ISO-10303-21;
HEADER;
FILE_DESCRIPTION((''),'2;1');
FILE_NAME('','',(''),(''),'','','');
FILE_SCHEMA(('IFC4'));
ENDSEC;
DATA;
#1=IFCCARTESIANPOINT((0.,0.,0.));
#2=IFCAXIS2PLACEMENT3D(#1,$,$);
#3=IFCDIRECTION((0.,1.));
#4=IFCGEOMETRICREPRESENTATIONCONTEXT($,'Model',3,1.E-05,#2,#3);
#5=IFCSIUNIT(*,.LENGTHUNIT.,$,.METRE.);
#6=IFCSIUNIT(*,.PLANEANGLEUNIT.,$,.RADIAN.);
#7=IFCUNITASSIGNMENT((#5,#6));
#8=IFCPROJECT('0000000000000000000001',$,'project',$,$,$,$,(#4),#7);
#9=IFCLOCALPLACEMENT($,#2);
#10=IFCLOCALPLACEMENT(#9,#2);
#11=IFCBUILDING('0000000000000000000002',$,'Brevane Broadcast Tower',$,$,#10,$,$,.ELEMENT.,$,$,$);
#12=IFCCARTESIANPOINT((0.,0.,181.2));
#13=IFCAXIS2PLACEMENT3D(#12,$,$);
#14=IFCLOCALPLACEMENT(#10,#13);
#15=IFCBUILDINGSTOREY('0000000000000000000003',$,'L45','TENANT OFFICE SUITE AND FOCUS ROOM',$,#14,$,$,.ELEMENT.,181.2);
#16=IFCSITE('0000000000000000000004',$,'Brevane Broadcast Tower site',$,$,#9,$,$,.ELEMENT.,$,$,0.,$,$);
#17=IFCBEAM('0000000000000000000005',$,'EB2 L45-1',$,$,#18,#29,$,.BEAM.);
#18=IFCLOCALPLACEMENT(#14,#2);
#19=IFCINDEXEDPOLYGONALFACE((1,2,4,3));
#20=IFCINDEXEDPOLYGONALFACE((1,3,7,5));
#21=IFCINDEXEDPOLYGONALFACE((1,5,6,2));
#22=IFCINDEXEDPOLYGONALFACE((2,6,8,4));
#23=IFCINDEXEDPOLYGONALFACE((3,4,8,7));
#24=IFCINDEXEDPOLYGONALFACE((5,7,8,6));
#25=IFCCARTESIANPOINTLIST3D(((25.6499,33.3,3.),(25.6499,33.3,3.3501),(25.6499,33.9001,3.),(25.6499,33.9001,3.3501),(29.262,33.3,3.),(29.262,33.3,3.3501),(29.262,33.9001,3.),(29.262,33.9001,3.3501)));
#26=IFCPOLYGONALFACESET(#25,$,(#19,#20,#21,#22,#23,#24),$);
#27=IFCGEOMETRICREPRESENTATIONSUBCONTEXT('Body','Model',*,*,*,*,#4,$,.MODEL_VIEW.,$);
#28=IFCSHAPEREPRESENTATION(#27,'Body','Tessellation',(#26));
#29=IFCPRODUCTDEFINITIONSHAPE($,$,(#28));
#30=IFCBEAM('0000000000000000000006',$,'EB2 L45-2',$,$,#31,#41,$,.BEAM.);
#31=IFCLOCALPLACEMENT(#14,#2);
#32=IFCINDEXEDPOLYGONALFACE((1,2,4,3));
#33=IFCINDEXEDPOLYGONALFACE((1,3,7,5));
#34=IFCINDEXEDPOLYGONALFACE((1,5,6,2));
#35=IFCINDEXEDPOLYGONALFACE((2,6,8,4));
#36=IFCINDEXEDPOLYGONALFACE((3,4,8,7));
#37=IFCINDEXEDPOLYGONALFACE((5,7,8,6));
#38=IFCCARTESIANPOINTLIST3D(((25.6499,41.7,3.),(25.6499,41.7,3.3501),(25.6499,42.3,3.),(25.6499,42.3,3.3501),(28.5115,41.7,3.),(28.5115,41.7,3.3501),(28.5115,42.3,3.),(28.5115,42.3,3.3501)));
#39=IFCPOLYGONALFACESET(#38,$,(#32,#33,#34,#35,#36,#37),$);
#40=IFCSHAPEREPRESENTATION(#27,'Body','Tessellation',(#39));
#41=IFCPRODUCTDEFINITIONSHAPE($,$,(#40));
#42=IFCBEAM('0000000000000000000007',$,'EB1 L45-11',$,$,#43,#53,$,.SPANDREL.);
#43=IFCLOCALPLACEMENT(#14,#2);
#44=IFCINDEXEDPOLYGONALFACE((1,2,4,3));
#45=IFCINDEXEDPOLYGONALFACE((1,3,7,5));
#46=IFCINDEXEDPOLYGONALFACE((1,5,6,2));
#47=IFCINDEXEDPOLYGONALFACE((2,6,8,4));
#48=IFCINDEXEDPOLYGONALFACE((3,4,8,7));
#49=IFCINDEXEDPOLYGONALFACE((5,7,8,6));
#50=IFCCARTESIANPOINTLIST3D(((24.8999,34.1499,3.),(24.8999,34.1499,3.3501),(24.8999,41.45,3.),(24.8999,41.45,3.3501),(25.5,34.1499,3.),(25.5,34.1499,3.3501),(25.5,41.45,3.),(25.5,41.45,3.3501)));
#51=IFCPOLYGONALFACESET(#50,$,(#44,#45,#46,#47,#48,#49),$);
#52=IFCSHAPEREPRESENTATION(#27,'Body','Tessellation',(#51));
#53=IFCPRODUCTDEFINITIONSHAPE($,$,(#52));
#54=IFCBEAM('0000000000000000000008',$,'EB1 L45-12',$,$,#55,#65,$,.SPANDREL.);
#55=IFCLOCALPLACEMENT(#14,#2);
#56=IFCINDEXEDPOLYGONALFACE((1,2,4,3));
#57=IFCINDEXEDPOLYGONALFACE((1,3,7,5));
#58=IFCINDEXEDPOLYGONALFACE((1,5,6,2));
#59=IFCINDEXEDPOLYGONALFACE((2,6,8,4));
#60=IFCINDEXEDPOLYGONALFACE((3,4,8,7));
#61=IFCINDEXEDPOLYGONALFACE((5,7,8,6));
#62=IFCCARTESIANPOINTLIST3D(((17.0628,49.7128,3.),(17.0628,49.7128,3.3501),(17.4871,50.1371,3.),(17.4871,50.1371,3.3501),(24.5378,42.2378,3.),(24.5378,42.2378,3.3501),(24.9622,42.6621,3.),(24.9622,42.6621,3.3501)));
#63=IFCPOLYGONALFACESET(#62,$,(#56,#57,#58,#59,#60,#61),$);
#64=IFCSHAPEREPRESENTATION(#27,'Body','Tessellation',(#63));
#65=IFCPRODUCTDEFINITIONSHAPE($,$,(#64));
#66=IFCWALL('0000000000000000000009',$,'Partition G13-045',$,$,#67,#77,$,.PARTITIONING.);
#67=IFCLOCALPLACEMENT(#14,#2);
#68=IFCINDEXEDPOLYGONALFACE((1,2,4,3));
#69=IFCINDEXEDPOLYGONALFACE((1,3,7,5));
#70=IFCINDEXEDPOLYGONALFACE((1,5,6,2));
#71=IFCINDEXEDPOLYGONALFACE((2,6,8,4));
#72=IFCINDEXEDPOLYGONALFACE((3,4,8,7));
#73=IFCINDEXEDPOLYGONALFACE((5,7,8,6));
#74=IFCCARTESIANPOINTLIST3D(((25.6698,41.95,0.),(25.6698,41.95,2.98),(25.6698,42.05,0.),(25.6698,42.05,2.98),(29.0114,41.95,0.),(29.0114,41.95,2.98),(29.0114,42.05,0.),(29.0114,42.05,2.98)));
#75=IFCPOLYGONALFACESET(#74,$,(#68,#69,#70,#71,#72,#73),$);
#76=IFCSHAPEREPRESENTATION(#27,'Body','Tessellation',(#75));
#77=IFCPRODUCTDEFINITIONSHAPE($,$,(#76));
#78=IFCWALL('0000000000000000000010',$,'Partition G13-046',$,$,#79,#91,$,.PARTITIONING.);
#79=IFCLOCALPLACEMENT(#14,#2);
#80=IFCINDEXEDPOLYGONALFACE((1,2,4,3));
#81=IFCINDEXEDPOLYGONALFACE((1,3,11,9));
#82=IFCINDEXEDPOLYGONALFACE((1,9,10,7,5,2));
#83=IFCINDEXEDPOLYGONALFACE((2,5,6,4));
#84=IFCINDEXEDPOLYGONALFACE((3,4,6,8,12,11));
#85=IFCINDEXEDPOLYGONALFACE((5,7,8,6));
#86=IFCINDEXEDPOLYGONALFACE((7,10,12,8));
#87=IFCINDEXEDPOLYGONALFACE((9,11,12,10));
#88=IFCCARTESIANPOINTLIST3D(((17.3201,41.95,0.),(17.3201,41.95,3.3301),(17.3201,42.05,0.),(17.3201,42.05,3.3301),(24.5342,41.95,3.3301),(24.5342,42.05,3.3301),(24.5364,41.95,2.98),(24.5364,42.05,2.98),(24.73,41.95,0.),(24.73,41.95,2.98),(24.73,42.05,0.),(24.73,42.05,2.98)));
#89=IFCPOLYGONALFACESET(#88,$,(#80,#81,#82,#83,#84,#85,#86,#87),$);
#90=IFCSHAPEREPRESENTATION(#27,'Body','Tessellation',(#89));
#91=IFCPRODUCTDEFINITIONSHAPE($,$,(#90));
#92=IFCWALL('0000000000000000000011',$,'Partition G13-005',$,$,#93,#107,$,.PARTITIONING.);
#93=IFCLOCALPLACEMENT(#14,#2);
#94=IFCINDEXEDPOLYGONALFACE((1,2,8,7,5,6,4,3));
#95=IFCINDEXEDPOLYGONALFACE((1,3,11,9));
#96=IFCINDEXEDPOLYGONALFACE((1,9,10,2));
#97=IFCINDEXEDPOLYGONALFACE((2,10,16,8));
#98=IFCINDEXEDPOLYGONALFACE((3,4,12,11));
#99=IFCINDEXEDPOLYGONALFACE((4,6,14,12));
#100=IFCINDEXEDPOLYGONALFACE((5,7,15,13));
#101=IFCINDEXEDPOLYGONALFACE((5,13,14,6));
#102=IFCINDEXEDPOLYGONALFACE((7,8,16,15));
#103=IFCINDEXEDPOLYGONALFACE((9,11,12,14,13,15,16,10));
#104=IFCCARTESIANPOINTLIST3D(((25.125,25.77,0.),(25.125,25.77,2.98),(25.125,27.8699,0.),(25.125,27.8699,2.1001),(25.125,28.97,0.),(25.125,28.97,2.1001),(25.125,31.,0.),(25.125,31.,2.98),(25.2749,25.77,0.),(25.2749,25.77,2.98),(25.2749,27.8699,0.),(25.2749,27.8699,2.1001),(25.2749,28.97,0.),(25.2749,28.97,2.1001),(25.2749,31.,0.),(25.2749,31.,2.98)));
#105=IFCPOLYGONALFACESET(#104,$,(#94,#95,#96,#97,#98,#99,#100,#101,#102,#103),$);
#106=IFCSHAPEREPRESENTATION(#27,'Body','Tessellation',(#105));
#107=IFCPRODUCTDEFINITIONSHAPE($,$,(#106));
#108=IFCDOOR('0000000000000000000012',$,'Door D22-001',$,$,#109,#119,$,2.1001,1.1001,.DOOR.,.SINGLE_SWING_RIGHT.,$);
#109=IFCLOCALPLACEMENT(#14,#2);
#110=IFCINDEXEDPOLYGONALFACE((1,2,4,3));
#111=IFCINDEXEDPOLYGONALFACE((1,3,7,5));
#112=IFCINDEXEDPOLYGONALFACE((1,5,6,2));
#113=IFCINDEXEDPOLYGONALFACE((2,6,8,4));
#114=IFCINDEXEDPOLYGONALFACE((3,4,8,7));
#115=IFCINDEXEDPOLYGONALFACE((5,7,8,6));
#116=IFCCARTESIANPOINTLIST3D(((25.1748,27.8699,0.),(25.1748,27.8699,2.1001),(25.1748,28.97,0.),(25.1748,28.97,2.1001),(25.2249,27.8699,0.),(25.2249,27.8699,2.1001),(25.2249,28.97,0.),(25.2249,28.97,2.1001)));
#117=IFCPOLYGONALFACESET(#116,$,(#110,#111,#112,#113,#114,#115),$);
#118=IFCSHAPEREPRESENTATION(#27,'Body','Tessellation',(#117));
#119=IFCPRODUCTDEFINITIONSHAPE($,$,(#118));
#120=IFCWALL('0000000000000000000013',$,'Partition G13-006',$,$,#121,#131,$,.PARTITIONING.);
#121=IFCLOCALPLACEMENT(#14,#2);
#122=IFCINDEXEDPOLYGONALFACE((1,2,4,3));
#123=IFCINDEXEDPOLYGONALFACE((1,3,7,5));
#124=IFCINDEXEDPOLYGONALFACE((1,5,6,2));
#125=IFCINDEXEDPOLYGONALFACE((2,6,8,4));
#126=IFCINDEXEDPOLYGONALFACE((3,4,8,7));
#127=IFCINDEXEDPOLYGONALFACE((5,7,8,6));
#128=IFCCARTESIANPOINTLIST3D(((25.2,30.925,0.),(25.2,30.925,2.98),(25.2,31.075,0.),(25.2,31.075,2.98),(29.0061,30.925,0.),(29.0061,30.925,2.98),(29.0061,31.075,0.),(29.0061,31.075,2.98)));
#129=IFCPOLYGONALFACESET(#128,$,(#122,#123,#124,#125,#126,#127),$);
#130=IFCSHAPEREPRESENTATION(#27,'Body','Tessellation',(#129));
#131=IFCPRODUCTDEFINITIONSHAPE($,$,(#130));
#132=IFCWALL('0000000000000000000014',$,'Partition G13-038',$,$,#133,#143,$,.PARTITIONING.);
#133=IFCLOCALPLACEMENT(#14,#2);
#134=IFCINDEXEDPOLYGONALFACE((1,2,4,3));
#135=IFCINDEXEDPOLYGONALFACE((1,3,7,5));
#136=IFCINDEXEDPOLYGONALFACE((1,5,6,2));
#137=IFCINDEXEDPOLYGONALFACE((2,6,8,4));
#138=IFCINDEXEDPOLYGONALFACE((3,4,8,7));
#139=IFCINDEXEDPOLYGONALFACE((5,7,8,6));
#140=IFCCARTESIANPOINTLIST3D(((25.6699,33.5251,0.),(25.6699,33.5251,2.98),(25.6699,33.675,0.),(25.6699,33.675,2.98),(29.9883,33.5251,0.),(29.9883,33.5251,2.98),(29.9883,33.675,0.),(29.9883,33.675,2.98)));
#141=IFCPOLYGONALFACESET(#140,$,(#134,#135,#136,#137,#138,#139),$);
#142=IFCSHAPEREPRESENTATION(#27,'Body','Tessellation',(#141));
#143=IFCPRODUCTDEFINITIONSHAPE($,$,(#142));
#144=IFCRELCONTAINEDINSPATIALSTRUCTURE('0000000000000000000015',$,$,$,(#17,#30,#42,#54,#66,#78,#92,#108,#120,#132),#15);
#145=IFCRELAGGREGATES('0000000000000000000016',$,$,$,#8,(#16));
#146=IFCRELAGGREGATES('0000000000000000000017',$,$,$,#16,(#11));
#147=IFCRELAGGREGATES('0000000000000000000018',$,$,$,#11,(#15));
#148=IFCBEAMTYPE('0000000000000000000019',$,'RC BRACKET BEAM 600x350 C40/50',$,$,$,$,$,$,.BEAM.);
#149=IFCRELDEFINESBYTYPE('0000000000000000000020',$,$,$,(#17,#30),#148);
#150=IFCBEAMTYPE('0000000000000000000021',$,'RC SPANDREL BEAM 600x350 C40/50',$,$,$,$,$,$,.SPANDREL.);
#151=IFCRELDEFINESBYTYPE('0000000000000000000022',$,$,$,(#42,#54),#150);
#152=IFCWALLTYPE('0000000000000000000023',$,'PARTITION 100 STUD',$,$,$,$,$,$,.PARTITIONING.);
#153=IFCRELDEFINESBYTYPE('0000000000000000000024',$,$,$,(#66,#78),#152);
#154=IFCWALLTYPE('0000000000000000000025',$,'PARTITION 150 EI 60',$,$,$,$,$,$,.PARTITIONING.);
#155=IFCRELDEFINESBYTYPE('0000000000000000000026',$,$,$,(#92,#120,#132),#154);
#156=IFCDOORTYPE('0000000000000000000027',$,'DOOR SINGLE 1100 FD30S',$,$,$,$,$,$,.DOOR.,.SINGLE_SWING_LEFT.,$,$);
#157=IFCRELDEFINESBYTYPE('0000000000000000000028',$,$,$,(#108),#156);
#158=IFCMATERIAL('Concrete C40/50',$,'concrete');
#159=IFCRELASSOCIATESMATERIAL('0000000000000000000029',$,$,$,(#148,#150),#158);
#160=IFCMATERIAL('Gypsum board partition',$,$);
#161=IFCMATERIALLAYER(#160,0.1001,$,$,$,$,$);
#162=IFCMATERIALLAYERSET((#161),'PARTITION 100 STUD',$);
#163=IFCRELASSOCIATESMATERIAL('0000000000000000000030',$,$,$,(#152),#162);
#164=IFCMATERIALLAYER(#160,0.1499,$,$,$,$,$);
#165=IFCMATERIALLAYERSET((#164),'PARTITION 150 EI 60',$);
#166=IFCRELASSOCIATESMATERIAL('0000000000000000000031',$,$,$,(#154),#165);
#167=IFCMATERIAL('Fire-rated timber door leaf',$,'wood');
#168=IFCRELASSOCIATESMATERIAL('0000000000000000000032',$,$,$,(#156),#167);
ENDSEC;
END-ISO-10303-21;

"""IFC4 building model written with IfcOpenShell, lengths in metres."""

from ifc_helpers import new_model, si_unit, direction, frame, frame_2d, origin, origin_2d, place, context, subcontext, project, spatial, polyline, rectangle, outline, extrude, material, layer, layer_set, material_profile, profile_set, type_object, element, fill, save


model = new_model("IFC4")

# Units and contexts
model_context = context("Model", 3, precision=1e-05, world=origin(), true_north=direction((0.0, 1.0)))
body_context = subcontext(model_context, "Body", "Model", "MODEL_VIEW")
ifc_project = project(units=[si_unit("LENGTHUNIT", "METRE"), si_unit("PLANEANGLEUNIT", "RADIAN")], contexts=[model_context])

# Site, building, storey
site_placement = place(None, origin())
site = spatial("IfcSite", under=ifc_project, at=site_placement, Name="Brevane Broadcast Tower site", CompositionType="ELEMENT", RefElevation=0.0)
building_placement = place(site_placement, origin())
building = spatial("IfcBuilding", under=site, at=building_placement, Name="Brevane Broadcast Tower", CompositionType="ELEMENT")
storey_placement = place(building_placement, frame((0.0, 0.0, 181.2)))
storey = spatial("IfcBuildingStorey", under=building, at=storey_placement, Name="L45", Description="TENANT OFFICE SUITE AND FOCUS ROOM", CompositionType="ELEMENT", Elevation=181.2)

# Beams
ifc_material_1 = material(Name="Concrete C40/50", Category="concrete")
ifc_material_profile_1 = material_profile(ifc_material_1, rectangle(XDim=0.6001, YDim=0.3501, at=origin_2d()), Name="RC 600x350")
ifc_profile_set_1 = profile_set([ifc_material_profile_1], Name="Concrete C40/50")
beam_type_1 = type_object("IfcBeamType", Name="RC BRACKET BEAM 600x350 C40/50", PredefinedType="BEAM", material=ifc_profile_set_1)
beam_1_placement = place(storey_placement, frame((25.6499, 33.6001, 3.175), z_axis=(1.0, 0.0, 0.0), x_axis=(0.0, 1.0, 0.0)))
element("IfcBeam", 1, at=beam_1_placement, inside=storey, type_object=beam_type_1, Name="EB2 L45-1", PredefinedType="BEAM", context=body_context, shape_type="SweptSolid", body=[
    extrude(rectangle(XDim=0.6001, YDim=0.3501, at=origin_2d()), origin(), (0.0, 0.0, 1.0), 3.6121),
])
beam_2_placement = place(storey_placement, frame((25.6499, 42.0, 3.175), z_axis=(1.0, 0.0, 0.0), x_axis=(0.0, 1.0, 0.0)))
element("IfcBeam", 2, at=beam_2_placement, inside=storey, type_object=beam_type_1, Name="EB2 L45-2", PredefinedType="BEAM", context=body_context, shape_type="SweptSolid", body=[
    extrude(rectangle(XDim=0.6001, YDim=0.3501, at=origin_2d()), origin(), (0.0, 0.0, 1.0), 2.8616),
])
ifc_material_profile_2 = material_profile(ifc_material_1, rectangle(XDim=0.6001, YDim=0.3501, at=origin_2d()), Name="RC 600x350")
ifc_profile_set_2 = profile_set([ifc_material_profile_2], Name="Concrete C40/50")
beam_type_2 = type_object("IfcBeamType", Name="RC SPANDREL BEAM 600x350 C40/50", PredefinedType="SPANDREL", material=ifc_profile_set_2)
beam_3_placement = place(storey_placement, frame((25.2, 34.1499, 3.175), z_axis=(0.0, 1.0, 0.0), x_axis=(-1.0, 0.0, 0.0)))
element("IfcBeam", 3, at=beam_3_placement, inside=storey, type_object=beam_type_2, Name="EB1 L45-11", PredefinedType="SPANDREL", context=body_context, shape_type="SweptSolid", body=[
    extrude(rectangle(XDim=0.6001, YDim=0.3501, at=origin_2d()), origin(), (0.0, 0.0, 1.0), 7.3),
])
beam_4_placement = place(storey_placement, frame((24.75, 42.45, 3.175), z_axis=(-0.707107, 0.707107, 0.0), x_axis=(-0.707107, -0.707107, 0.0)))
element("IfcBeam", 4, at=beam_4_placement, inside=storey, type_object=beam_type_2, Name="EB1 L45-12", PredefinedType="SPANDREL", context=body_context, shape_type="SweptSolid", body=[
    extrude(rectangle(XDim=0.6001, YDim=0.3501, at=origin_2d()), origin(), (0.0, 0.0, 1.0), 10.5713),
])

# Walls
ifc_material_2 = material(Name="Gypsum board partition")
ifc_layer_1 = layer(ifc_material_2, 0.1001)
ifc_layer_set_1 = layer_set([ifc_layer_1], Name="PARTITION 100 STUD")
wall_type_1 = type_object("IfcWallType", Name="PARTITION 100 STUD", PredefinedType="PARTITIONING", material=ifc_layer_set_1)
wall_1_placement = place(storey_placement, frame((29.0115, 42.0, 0.0), z_axis=(0.0, 0.0, 1.0), x_axis=(-1.0, 0.0, 0.0)))
element("IfcWall", 5, at=wall_1_placement, inside=storey, type_object=wall_type_1, Name="Partition G13-045", PredefinedType="PARTITIONING", context=body_context, shape_type="SweptSolid", body=[
    extrude(rectangle(XDim=3.3416, YDim=0.1001, at=frame_2d((1.6709, 0.0))), origin(), (0.0, 0.0, 1.0), 2.98),
])
wall_2_placement = place(storey_placement, frame((24.73, 42.0, 0.0), z_axis=(0.0, 0.0, 1.0), x_axis=(-1.0, 0.0, 0.0)))
element("IfcWall", 6, at=wall_2_placement, inside=storey, type_object=wall_type_1, Name="Partition G13-046", PredefinedType="PARTITIONING", context=body_context, shape_type="SweptSolid", body=[
    extrude(outline(polyline([(0.0, 0.0), (7.4099, 0.0), (7.4099, 3.3301), (0.1958, 3.3301), (0.1936, 2.98), (0.0, 2.98), (0.0, 0.0)])), frame((0.0, 0.05, 0.0), z_axis=(0.0, -1.0, 0.0), x_axis=(1.0, 0.0, 0.0)), (0.0, 0.0, 1.0), 0.1001),
])

# Wall, opening, door
ifc_layer_2 = layer(ifc_material_2, 0.1499)
ifc_layer_set_2 = layer_set([ifc_layer_2], Name="PARTITION 150 EI 60")
wall_type_2 = type_object("IfcWallType", Name="PARTITION 150 EI 60", PredefinedType="PARTITIONING", material=ifc_layer_set_2)
wall_3_placement = place(storey_placement, frame((25.2, 31.0, 0.0), z_axis=(0.0, 0.0, 1.0), x_axis=(0.0, -1.0, 0.0)))
wall_3 = element("IfcWall", 7, at=wall_3_placement, inside=storey, type_object=wall_type_2, Name="Partition G13-005", PredefinedType="PARTITIONING", context=body_context, shape_type="SweptSolid", body=[
    extrude(outline(polyline([(0.0, 0.0), (5.23, 0.0), (5.23, 2.98), (0.0, 2.98), (0.0, 0.0)])), frame((0.0, 0.075, 0.0), z_axis=(0.0, -1.0, 0.0), x_axis=(1.0, 0.0, 0.0)), (0.0, 0.0, 1.0), 0.1499),
])
opening_1_placement = place(wall_3_placement, frame((2.03, 0.0, 0.0)))
opening_1 = element("IfcOpeningElement", 8, at=opening_1_placement, cuts=wall_3, PredefinedType="OPENING", context=body_context, shape_type="SweptSolid", body=[
    extrude(rectangle(XDim=1.1001, YDim=2.1001, at=frame_2d((0.55, 1.05))), frame((0.0, 0.085, 0.0), z_axis=(0.0, -1.0, 0.0), x_axis=(1.0, 0.0, 0.0)), (0.0, 0.0, 1.0), 0.1699),
])
ifc_material_3 = material(Name="Fire-rated timber door leaf", Category="wood")
door_type_1 = type_object("IfcDoorType", Name="DOOR SINGLE 1100 FD30S", OperationType="SINGLE_SWING_LEFT", PredefinedType="DOOR", material=ifc_material_3)
door_1_placement = place(opening_1_placement, origin())
door_1 = element("IfcDoor", 9, at=door_1_placement, inside=storey, type_object=door_type_1, Name="Door D22-001", OperationType="SINGLE_SWING_RIGHT", OverallHeight=2.1001, OverallWidth=1.1001, PredefinedType="DOOR", context=body_context, shape_type="SweptSolid", body=[
    extrude(rectangle(XDim=1.1001, YDim=2.1001, at=frame_2d((0.55, 1.05))), frame((0.0, 0.0249, 0.0), z_axis=(0.0, -1.0, 0.0), x_axis=(1.0, 0.0, 0.0)), (0.0, 0.0, 1.0), 0.05),
])
fill(opening_1, door_1)

# Wall
wall_4_placement = place(storey_placement, frame((25.2, 31.0, 0.0), z_axis=(0.0, 0.0, 1.0), x_axis=(1.0, 0.0, 0.0)))
element("IfcWall", 10, at=wall_4_placement, inside=storey, type_object=wall_type_2, Name="Partition G13-006", PredefinedType="PARTITIONING", context=body_context, shape_type="SweptSolid", body=[
    extrude(rectangle(XDim=3.8062, YDim=0.1499, at=frame_2d((1.9031, 0.0))), origin(), (0.0, 0.0, 1.0), 2.98),
])

# Wall
wall_5_placement = place(storey_placement, frame((25.6699, 33.6001, 0.0), z_axis=(0.0, 0.0, 1.0), x_axis=(1.0, 0.0, 0.0)))
element("IfcWall", 11, at=wall_5_placement, inside=storey, type_object=wall_type_2, Name="Partition G13-038", PredefinedType="PARTITIONING", context=body_context, shape_type="SweptSolid", body=[
    extrude(rectangle(XDim=4.3184, YDim=0.1499, at=frame_2d((2.1592, 0.0))), origin(), (0.0, 0.0, 1.0), 2.98),
])

save(model, "model.ifc")
